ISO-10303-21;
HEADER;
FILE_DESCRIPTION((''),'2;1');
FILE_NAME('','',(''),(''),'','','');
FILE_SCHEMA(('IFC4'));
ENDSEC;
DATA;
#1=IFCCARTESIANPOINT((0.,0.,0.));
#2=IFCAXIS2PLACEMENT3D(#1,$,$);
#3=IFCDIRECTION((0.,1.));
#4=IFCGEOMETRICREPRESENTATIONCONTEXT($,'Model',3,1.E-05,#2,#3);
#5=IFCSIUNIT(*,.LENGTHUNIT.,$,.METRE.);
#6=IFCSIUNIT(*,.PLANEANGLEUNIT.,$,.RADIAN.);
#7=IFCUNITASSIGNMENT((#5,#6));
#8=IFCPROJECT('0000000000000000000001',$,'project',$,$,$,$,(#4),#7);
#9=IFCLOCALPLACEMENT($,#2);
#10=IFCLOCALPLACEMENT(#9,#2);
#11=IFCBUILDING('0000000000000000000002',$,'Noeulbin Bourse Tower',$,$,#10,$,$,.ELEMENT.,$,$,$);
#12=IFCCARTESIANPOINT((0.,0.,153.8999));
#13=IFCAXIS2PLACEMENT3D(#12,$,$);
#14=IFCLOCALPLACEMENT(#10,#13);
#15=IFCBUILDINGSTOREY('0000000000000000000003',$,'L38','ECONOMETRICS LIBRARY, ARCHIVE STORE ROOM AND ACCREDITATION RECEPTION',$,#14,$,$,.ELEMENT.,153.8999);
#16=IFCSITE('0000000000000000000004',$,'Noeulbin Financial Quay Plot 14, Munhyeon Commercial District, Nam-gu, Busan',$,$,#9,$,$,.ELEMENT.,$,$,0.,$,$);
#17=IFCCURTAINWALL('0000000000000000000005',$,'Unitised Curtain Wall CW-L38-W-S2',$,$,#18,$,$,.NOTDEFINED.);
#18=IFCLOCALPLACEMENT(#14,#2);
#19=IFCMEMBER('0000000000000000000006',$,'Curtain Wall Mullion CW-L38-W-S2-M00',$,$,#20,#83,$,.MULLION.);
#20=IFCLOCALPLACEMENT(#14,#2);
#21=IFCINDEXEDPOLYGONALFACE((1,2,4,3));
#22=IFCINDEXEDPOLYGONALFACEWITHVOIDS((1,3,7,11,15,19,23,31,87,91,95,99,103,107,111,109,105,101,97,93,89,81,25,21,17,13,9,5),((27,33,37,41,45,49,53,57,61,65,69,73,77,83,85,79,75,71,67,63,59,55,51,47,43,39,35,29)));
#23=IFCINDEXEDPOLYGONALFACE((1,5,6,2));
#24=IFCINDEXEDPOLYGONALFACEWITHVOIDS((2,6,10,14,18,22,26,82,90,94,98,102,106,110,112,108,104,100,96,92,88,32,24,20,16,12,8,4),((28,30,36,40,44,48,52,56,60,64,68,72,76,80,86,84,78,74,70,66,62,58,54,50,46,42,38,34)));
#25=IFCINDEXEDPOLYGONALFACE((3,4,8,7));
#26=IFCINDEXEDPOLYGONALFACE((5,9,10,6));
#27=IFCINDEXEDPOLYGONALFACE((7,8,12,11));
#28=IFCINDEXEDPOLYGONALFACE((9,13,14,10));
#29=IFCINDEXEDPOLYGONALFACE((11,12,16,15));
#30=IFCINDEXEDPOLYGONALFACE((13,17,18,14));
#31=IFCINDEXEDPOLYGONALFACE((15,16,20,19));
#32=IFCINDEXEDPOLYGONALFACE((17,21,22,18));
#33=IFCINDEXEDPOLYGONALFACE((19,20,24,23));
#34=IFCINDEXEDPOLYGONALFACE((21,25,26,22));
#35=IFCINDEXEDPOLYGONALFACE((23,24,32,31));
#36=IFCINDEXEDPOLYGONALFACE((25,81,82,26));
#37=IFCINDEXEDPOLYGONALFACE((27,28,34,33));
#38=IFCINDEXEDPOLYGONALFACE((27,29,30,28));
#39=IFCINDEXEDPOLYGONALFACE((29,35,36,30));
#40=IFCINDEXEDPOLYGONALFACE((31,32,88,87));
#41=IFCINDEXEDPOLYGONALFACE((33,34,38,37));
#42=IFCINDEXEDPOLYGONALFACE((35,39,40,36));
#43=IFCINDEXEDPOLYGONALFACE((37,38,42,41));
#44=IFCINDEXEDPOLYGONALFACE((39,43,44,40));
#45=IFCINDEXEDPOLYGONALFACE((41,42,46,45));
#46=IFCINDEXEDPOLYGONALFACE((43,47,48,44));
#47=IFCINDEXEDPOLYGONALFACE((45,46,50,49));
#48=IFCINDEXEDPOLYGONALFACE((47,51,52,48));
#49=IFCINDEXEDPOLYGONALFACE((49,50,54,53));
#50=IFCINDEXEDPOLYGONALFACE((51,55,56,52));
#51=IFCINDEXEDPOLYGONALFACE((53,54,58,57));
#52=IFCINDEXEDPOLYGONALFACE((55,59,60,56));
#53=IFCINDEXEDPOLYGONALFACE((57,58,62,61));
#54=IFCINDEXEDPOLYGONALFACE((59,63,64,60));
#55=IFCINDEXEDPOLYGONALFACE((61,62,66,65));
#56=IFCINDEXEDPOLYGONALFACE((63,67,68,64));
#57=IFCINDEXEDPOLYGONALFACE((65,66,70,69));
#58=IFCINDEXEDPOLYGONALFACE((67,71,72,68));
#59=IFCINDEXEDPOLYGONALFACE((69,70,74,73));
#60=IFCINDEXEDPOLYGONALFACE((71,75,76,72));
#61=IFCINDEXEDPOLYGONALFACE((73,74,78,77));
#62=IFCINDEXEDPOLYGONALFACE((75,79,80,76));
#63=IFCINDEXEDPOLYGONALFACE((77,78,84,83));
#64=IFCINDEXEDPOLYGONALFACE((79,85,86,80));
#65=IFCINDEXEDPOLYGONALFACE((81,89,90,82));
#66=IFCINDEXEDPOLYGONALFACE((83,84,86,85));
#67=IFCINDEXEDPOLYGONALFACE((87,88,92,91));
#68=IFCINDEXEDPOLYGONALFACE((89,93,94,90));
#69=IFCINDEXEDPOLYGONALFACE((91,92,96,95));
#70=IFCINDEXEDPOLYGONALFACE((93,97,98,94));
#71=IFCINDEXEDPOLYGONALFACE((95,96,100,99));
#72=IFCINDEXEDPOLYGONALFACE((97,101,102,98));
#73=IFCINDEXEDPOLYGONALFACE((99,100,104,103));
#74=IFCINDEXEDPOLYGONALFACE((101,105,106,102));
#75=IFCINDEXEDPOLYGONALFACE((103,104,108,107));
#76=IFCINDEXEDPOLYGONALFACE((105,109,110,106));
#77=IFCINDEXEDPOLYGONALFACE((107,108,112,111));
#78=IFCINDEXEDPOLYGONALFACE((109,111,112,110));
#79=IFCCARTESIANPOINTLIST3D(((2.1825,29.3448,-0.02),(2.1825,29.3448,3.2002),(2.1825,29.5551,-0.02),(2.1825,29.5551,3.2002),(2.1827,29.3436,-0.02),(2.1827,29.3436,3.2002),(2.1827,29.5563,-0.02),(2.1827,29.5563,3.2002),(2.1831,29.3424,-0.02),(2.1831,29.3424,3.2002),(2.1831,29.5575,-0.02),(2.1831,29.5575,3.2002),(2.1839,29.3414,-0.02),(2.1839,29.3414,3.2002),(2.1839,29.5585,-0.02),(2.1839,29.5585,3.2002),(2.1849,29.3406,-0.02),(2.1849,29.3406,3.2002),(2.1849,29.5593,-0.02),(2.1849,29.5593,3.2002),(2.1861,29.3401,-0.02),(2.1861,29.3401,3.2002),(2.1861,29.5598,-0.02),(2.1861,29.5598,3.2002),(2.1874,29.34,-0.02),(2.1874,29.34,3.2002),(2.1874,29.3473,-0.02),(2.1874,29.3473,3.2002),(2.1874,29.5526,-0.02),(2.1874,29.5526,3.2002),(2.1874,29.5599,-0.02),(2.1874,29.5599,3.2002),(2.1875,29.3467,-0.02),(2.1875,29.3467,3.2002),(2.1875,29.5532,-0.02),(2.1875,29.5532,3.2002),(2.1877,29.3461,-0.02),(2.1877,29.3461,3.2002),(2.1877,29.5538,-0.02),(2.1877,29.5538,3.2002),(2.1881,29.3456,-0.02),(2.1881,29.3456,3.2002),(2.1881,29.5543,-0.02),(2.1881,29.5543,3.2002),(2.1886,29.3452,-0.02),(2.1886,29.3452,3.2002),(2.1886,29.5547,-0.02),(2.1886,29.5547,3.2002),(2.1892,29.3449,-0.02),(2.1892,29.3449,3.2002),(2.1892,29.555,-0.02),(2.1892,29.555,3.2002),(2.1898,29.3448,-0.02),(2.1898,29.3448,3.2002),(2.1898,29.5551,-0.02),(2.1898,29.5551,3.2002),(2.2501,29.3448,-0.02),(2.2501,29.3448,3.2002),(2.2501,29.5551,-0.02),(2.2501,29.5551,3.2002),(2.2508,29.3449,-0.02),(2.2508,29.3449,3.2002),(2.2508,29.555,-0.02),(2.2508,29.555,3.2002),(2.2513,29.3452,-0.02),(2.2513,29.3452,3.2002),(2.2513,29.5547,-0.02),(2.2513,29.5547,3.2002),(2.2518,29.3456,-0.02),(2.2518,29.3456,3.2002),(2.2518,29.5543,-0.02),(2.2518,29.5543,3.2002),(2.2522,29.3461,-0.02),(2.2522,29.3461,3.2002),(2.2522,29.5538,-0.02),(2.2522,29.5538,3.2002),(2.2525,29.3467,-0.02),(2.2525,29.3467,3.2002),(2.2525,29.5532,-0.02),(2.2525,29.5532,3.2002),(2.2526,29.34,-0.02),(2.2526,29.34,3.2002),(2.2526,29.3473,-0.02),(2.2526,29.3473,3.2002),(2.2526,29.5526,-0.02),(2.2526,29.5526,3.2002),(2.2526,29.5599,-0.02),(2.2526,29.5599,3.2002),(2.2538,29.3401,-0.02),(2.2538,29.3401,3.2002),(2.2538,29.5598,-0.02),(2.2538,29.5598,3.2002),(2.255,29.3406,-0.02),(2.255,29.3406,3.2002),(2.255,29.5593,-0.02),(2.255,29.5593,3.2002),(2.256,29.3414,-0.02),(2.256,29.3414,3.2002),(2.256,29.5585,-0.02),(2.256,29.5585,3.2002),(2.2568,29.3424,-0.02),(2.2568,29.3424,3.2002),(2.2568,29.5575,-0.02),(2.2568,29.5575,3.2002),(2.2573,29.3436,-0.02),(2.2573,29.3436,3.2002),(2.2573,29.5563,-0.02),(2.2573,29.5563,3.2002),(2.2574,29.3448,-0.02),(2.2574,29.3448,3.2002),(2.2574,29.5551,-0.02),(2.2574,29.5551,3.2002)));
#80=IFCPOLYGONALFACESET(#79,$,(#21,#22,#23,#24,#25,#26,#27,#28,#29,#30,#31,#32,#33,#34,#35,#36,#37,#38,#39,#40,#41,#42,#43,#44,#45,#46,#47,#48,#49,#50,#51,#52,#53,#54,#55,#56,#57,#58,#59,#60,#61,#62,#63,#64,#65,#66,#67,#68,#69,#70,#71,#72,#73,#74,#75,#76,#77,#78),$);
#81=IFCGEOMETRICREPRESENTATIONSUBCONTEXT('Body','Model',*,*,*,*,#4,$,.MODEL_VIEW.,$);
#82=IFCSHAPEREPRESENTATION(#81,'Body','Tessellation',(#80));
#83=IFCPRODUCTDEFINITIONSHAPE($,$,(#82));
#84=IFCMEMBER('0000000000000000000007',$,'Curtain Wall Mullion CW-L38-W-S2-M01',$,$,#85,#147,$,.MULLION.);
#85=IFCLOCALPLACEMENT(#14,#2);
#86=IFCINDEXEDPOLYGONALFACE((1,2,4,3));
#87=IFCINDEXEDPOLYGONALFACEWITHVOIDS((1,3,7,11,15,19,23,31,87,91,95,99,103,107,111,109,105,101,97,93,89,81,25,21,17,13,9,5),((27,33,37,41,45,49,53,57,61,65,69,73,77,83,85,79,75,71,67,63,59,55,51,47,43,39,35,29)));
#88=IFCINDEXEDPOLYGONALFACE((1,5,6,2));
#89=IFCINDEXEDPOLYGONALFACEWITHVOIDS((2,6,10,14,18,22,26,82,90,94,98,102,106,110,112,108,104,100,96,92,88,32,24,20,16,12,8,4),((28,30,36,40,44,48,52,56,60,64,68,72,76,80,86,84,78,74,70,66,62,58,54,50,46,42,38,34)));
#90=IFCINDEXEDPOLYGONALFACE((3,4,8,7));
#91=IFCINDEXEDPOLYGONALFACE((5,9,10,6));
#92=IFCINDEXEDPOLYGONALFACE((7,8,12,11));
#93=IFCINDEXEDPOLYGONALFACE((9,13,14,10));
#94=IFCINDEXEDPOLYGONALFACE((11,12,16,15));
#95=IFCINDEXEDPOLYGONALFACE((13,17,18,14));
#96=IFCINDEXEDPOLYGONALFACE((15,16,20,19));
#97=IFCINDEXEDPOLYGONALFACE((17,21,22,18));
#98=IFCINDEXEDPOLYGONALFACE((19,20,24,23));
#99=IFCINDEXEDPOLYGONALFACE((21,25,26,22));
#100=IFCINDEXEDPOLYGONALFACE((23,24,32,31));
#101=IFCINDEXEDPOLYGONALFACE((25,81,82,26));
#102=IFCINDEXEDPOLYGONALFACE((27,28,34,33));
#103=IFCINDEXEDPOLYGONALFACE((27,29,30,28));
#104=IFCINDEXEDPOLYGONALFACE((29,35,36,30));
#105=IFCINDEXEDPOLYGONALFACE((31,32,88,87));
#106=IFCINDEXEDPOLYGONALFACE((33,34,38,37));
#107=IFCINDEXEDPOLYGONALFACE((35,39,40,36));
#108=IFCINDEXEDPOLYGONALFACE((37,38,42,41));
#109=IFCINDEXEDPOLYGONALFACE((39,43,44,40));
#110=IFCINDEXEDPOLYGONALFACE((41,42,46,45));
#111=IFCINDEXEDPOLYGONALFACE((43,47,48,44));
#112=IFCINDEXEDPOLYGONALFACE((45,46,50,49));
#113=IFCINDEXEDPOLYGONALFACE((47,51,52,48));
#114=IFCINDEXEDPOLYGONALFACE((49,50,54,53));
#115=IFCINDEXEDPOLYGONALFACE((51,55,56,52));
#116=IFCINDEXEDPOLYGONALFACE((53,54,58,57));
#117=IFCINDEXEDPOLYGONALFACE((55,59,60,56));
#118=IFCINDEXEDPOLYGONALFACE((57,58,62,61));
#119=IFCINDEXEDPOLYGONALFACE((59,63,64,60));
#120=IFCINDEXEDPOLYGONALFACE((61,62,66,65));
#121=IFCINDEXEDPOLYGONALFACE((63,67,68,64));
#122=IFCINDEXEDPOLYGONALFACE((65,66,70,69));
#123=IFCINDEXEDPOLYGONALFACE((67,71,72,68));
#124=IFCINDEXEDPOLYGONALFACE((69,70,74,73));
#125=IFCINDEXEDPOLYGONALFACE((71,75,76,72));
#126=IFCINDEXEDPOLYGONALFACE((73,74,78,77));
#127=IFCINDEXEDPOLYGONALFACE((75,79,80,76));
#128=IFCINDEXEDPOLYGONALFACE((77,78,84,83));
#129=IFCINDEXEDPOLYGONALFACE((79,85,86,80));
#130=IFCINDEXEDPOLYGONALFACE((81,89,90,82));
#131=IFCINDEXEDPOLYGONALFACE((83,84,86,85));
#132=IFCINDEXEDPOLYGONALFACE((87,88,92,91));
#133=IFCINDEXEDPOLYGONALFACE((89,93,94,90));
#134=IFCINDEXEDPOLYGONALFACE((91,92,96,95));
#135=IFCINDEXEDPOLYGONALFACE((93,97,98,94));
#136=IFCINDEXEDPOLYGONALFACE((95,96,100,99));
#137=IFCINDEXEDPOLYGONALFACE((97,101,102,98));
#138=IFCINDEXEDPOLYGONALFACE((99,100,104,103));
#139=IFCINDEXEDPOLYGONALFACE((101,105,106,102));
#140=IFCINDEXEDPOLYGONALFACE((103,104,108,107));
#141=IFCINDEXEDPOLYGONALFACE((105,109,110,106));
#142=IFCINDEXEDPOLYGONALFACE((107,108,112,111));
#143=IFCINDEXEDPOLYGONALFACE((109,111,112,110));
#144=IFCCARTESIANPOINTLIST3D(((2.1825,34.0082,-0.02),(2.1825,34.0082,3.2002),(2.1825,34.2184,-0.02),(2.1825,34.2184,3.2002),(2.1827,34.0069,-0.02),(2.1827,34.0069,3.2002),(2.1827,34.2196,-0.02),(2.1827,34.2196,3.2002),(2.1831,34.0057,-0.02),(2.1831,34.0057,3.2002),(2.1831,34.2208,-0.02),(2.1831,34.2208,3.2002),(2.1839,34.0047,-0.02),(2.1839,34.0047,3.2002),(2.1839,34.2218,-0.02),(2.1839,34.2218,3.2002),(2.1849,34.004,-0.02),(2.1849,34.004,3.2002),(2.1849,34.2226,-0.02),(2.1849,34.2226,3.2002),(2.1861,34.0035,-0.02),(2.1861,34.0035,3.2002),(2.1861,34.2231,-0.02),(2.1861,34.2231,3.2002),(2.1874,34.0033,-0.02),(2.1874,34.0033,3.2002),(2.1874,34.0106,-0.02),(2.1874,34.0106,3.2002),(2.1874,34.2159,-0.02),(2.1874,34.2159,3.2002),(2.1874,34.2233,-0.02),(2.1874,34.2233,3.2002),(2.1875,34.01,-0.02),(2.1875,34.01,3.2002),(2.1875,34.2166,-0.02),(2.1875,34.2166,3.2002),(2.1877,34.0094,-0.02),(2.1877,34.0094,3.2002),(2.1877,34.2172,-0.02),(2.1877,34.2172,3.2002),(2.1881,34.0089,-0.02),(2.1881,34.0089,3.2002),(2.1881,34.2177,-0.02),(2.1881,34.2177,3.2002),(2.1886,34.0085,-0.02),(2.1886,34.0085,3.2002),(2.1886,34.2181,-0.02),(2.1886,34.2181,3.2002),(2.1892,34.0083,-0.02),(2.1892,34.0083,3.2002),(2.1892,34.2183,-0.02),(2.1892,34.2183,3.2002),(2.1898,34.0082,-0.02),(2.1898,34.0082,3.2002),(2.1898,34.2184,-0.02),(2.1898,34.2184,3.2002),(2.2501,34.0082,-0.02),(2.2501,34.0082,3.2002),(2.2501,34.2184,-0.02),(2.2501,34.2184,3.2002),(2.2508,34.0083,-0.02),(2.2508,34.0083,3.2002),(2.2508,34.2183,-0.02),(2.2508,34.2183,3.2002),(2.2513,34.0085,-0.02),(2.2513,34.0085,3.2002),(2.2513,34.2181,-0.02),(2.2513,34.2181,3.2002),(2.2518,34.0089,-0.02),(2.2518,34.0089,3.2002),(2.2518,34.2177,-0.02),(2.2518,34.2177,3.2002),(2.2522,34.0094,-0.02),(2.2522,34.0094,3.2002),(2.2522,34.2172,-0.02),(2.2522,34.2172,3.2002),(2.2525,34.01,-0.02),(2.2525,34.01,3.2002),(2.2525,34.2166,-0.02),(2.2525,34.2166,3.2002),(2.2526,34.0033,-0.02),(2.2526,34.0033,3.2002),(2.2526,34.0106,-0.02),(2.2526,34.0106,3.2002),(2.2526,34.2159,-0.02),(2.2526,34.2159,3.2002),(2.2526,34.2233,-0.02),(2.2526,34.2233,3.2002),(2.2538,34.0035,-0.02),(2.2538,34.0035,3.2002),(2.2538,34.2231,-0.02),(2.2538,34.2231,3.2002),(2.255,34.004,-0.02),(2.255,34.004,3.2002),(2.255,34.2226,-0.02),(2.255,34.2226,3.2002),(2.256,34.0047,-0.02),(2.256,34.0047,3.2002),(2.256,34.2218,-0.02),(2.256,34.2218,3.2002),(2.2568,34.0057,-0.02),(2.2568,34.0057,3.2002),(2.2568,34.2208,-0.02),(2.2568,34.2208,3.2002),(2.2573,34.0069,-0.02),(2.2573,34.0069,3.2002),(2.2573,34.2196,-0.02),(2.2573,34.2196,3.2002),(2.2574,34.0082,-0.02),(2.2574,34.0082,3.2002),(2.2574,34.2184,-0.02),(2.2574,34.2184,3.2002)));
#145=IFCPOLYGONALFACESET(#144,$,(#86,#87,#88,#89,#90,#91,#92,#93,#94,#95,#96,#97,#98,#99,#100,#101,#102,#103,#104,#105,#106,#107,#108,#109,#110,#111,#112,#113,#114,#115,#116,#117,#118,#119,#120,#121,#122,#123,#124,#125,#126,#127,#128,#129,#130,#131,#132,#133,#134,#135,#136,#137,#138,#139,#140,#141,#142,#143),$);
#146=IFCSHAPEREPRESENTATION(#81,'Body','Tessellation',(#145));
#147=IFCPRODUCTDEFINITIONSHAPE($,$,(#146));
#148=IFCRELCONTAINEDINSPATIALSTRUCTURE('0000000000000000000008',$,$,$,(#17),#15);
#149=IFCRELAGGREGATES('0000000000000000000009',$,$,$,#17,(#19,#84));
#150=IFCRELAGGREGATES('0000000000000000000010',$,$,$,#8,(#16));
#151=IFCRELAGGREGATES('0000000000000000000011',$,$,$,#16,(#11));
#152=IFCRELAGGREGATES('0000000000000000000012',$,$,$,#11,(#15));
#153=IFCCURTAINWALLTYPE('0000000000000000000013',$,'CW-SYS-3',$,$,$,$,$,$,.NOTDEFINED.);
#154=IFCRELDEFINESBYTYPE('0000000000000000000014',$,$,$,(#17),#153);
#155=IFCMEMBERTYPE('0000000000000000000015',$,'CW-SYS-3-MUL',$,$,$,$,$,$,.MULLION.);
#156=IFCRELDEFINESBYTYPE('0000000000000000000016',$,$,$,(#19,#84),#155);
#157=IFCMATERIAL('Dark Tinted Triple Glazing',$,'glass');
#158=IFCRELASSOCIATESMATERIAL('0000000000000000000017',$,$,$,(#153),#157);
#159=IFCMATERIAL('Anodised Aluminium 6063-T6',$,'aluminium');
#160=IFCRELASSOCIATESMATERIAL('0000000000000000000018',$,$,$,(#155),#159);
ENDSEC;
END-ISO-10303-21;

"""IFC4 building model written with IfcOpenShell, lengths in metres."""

from ifc_helpers import new_model, si_unit, direction, frame, origin, origin_2d, place, context, subcontext, project, spatial, hollow_rectangle, extrude, material, material_profile, profile_set, type_object, element, aggregate, save


model = new_model("IFC4")

# Units and contexts
model_context = context("Model", 3, precision=1e-05, world=origin(), true_north=direction((0.0, 1.0)))
body_context = subcontext(model_context, "Body", "Model", "MODEL_VIEW")
ifc_project = project(units=[si_unit("LENGTHUNIT", "METRE"), si_unit("PLANEANGLEUNIT", "RADIAN")], contexts=[model_context])

# Site, building, storey
site_placement = place(None, origin())
site = spatial("IfcSite", under=ifc_project, at=site_placement, Name="Noeulbin Financial Quay Plot 14, Munhyeon Commercial District, Nam-gu, Busan", CompositionType="ELEMENT", RefElevation=0.0)
building_placement = place(site_placement, origin())
building = spatial("IfcBuilding", under=site, at=building_placement, Name="Noeulbin Bourse Tower", CompositionType="ELEMENT")
storey_placement = place(building_placement, frame((0.0, 0.0, 153.8999)))
storey = spatial("IfcBuildingStorey", under=building, at=storey_placement, Name="L38", Description="ECONOMETRICS LIBRARY, ARCHIVE STORE ROOM AND ACCREDITATION RECEPTION", CompositionType="ELEMENT", Elevation=153.8999)

# Shared definitions
ifc_material_1 = material(Name="Dark Tinted Triple Glazing", Category="glass")
curtain_wall_type = type_object("IfcCurtainWallType", Name="CW-SYS-3", PredefinedType="NOTDEFINED", material=ifc_material_1)
ifc_material_2 = material(Name="Anodised Aluminium 6063-T6", Category="aluminium")
ifc_material_profile_1 = material_profile(ifc_material_2, hollow_rectangle(XDim=0.075, YDim=0.22, WallThickness=0.0049, InnerFilletRadius=0.0024, OuterFilletRadius=0.0049, at=origin_2d()), Name="ALU-MULL-75x220x5", Category="LoadBearing")
ifc_profile_set_1 = profile_set([ifc_material_profile_1], Name="Anodised Aluminium 6063-T6")
member_type_1 = type_object("IfcMemberType", Name="CW-SYS-3-MUL", PredefinedType="MULLION", material=ifc_profile_set_1)

# Curtain wall, members
curtain_wall_1_placement = place(storey_placement, origin())
curtain_wall_1 = element("IfcCurtainWall", 1, at=curtain_wall_1_placement, inside=storey, type_object=curtain_wall_type, Name="Unitised Curtain Wall CW-L38-W-S2", PredefinedType="NOTDEFINED")
member_1_placement = place(storey_placement, frame((2.22, 29.45, -0.02), z_axis=(0.0, 0.0, 1.0), x_axis=(1.0, 0.0, 0.0)))
member_1 = element("IfcMember", 2, at=member_1_placement, type_object=member_type_1, Name="Curtain Wall Mullion CW-L38-W-S2-M00", PredefinedType="MULLION", context=body_context, shape_type="SweptSolid", body=[
    extrude(hollow_rectangle(XDim=0.075, YDim=0.22, WallThickness=0.0049, InnerFilletRadius=0.0024, OuterFilletRadius=0.0049, at=origin_2d()), origin(), (0.0, 0.0, 1.0), 3.2202),
])
member_2_placement = place(storey_placement, frame((2.22, 34.1133, -0.02), z_axis=(0.0, 0.0, 1.0), x_axis=(1.0, 0.0, 0.0)))
member_2 = element("IfcMember", 3, at=member_2_placement, type_object=member_type_1, Name="Curtain Wall Mullion CW-L38-W-S2-M01", PredefinedType="MULLION", context=body_context, shape_type="SweptSolid", body=[
    extrude(hollow_rectangle(XDim=0.075, YDim=0.22, WallThickness=0.0049, InnerFilletRadius=0.0024, OuterFilletRadius=0.0049, at=origin_2d()), origin(), (0.0, 0.0, 1.0), 3.2202),
])

aggregate(curtain_wall_1, [member_1, member_2])

save(model, "model.ifc")
